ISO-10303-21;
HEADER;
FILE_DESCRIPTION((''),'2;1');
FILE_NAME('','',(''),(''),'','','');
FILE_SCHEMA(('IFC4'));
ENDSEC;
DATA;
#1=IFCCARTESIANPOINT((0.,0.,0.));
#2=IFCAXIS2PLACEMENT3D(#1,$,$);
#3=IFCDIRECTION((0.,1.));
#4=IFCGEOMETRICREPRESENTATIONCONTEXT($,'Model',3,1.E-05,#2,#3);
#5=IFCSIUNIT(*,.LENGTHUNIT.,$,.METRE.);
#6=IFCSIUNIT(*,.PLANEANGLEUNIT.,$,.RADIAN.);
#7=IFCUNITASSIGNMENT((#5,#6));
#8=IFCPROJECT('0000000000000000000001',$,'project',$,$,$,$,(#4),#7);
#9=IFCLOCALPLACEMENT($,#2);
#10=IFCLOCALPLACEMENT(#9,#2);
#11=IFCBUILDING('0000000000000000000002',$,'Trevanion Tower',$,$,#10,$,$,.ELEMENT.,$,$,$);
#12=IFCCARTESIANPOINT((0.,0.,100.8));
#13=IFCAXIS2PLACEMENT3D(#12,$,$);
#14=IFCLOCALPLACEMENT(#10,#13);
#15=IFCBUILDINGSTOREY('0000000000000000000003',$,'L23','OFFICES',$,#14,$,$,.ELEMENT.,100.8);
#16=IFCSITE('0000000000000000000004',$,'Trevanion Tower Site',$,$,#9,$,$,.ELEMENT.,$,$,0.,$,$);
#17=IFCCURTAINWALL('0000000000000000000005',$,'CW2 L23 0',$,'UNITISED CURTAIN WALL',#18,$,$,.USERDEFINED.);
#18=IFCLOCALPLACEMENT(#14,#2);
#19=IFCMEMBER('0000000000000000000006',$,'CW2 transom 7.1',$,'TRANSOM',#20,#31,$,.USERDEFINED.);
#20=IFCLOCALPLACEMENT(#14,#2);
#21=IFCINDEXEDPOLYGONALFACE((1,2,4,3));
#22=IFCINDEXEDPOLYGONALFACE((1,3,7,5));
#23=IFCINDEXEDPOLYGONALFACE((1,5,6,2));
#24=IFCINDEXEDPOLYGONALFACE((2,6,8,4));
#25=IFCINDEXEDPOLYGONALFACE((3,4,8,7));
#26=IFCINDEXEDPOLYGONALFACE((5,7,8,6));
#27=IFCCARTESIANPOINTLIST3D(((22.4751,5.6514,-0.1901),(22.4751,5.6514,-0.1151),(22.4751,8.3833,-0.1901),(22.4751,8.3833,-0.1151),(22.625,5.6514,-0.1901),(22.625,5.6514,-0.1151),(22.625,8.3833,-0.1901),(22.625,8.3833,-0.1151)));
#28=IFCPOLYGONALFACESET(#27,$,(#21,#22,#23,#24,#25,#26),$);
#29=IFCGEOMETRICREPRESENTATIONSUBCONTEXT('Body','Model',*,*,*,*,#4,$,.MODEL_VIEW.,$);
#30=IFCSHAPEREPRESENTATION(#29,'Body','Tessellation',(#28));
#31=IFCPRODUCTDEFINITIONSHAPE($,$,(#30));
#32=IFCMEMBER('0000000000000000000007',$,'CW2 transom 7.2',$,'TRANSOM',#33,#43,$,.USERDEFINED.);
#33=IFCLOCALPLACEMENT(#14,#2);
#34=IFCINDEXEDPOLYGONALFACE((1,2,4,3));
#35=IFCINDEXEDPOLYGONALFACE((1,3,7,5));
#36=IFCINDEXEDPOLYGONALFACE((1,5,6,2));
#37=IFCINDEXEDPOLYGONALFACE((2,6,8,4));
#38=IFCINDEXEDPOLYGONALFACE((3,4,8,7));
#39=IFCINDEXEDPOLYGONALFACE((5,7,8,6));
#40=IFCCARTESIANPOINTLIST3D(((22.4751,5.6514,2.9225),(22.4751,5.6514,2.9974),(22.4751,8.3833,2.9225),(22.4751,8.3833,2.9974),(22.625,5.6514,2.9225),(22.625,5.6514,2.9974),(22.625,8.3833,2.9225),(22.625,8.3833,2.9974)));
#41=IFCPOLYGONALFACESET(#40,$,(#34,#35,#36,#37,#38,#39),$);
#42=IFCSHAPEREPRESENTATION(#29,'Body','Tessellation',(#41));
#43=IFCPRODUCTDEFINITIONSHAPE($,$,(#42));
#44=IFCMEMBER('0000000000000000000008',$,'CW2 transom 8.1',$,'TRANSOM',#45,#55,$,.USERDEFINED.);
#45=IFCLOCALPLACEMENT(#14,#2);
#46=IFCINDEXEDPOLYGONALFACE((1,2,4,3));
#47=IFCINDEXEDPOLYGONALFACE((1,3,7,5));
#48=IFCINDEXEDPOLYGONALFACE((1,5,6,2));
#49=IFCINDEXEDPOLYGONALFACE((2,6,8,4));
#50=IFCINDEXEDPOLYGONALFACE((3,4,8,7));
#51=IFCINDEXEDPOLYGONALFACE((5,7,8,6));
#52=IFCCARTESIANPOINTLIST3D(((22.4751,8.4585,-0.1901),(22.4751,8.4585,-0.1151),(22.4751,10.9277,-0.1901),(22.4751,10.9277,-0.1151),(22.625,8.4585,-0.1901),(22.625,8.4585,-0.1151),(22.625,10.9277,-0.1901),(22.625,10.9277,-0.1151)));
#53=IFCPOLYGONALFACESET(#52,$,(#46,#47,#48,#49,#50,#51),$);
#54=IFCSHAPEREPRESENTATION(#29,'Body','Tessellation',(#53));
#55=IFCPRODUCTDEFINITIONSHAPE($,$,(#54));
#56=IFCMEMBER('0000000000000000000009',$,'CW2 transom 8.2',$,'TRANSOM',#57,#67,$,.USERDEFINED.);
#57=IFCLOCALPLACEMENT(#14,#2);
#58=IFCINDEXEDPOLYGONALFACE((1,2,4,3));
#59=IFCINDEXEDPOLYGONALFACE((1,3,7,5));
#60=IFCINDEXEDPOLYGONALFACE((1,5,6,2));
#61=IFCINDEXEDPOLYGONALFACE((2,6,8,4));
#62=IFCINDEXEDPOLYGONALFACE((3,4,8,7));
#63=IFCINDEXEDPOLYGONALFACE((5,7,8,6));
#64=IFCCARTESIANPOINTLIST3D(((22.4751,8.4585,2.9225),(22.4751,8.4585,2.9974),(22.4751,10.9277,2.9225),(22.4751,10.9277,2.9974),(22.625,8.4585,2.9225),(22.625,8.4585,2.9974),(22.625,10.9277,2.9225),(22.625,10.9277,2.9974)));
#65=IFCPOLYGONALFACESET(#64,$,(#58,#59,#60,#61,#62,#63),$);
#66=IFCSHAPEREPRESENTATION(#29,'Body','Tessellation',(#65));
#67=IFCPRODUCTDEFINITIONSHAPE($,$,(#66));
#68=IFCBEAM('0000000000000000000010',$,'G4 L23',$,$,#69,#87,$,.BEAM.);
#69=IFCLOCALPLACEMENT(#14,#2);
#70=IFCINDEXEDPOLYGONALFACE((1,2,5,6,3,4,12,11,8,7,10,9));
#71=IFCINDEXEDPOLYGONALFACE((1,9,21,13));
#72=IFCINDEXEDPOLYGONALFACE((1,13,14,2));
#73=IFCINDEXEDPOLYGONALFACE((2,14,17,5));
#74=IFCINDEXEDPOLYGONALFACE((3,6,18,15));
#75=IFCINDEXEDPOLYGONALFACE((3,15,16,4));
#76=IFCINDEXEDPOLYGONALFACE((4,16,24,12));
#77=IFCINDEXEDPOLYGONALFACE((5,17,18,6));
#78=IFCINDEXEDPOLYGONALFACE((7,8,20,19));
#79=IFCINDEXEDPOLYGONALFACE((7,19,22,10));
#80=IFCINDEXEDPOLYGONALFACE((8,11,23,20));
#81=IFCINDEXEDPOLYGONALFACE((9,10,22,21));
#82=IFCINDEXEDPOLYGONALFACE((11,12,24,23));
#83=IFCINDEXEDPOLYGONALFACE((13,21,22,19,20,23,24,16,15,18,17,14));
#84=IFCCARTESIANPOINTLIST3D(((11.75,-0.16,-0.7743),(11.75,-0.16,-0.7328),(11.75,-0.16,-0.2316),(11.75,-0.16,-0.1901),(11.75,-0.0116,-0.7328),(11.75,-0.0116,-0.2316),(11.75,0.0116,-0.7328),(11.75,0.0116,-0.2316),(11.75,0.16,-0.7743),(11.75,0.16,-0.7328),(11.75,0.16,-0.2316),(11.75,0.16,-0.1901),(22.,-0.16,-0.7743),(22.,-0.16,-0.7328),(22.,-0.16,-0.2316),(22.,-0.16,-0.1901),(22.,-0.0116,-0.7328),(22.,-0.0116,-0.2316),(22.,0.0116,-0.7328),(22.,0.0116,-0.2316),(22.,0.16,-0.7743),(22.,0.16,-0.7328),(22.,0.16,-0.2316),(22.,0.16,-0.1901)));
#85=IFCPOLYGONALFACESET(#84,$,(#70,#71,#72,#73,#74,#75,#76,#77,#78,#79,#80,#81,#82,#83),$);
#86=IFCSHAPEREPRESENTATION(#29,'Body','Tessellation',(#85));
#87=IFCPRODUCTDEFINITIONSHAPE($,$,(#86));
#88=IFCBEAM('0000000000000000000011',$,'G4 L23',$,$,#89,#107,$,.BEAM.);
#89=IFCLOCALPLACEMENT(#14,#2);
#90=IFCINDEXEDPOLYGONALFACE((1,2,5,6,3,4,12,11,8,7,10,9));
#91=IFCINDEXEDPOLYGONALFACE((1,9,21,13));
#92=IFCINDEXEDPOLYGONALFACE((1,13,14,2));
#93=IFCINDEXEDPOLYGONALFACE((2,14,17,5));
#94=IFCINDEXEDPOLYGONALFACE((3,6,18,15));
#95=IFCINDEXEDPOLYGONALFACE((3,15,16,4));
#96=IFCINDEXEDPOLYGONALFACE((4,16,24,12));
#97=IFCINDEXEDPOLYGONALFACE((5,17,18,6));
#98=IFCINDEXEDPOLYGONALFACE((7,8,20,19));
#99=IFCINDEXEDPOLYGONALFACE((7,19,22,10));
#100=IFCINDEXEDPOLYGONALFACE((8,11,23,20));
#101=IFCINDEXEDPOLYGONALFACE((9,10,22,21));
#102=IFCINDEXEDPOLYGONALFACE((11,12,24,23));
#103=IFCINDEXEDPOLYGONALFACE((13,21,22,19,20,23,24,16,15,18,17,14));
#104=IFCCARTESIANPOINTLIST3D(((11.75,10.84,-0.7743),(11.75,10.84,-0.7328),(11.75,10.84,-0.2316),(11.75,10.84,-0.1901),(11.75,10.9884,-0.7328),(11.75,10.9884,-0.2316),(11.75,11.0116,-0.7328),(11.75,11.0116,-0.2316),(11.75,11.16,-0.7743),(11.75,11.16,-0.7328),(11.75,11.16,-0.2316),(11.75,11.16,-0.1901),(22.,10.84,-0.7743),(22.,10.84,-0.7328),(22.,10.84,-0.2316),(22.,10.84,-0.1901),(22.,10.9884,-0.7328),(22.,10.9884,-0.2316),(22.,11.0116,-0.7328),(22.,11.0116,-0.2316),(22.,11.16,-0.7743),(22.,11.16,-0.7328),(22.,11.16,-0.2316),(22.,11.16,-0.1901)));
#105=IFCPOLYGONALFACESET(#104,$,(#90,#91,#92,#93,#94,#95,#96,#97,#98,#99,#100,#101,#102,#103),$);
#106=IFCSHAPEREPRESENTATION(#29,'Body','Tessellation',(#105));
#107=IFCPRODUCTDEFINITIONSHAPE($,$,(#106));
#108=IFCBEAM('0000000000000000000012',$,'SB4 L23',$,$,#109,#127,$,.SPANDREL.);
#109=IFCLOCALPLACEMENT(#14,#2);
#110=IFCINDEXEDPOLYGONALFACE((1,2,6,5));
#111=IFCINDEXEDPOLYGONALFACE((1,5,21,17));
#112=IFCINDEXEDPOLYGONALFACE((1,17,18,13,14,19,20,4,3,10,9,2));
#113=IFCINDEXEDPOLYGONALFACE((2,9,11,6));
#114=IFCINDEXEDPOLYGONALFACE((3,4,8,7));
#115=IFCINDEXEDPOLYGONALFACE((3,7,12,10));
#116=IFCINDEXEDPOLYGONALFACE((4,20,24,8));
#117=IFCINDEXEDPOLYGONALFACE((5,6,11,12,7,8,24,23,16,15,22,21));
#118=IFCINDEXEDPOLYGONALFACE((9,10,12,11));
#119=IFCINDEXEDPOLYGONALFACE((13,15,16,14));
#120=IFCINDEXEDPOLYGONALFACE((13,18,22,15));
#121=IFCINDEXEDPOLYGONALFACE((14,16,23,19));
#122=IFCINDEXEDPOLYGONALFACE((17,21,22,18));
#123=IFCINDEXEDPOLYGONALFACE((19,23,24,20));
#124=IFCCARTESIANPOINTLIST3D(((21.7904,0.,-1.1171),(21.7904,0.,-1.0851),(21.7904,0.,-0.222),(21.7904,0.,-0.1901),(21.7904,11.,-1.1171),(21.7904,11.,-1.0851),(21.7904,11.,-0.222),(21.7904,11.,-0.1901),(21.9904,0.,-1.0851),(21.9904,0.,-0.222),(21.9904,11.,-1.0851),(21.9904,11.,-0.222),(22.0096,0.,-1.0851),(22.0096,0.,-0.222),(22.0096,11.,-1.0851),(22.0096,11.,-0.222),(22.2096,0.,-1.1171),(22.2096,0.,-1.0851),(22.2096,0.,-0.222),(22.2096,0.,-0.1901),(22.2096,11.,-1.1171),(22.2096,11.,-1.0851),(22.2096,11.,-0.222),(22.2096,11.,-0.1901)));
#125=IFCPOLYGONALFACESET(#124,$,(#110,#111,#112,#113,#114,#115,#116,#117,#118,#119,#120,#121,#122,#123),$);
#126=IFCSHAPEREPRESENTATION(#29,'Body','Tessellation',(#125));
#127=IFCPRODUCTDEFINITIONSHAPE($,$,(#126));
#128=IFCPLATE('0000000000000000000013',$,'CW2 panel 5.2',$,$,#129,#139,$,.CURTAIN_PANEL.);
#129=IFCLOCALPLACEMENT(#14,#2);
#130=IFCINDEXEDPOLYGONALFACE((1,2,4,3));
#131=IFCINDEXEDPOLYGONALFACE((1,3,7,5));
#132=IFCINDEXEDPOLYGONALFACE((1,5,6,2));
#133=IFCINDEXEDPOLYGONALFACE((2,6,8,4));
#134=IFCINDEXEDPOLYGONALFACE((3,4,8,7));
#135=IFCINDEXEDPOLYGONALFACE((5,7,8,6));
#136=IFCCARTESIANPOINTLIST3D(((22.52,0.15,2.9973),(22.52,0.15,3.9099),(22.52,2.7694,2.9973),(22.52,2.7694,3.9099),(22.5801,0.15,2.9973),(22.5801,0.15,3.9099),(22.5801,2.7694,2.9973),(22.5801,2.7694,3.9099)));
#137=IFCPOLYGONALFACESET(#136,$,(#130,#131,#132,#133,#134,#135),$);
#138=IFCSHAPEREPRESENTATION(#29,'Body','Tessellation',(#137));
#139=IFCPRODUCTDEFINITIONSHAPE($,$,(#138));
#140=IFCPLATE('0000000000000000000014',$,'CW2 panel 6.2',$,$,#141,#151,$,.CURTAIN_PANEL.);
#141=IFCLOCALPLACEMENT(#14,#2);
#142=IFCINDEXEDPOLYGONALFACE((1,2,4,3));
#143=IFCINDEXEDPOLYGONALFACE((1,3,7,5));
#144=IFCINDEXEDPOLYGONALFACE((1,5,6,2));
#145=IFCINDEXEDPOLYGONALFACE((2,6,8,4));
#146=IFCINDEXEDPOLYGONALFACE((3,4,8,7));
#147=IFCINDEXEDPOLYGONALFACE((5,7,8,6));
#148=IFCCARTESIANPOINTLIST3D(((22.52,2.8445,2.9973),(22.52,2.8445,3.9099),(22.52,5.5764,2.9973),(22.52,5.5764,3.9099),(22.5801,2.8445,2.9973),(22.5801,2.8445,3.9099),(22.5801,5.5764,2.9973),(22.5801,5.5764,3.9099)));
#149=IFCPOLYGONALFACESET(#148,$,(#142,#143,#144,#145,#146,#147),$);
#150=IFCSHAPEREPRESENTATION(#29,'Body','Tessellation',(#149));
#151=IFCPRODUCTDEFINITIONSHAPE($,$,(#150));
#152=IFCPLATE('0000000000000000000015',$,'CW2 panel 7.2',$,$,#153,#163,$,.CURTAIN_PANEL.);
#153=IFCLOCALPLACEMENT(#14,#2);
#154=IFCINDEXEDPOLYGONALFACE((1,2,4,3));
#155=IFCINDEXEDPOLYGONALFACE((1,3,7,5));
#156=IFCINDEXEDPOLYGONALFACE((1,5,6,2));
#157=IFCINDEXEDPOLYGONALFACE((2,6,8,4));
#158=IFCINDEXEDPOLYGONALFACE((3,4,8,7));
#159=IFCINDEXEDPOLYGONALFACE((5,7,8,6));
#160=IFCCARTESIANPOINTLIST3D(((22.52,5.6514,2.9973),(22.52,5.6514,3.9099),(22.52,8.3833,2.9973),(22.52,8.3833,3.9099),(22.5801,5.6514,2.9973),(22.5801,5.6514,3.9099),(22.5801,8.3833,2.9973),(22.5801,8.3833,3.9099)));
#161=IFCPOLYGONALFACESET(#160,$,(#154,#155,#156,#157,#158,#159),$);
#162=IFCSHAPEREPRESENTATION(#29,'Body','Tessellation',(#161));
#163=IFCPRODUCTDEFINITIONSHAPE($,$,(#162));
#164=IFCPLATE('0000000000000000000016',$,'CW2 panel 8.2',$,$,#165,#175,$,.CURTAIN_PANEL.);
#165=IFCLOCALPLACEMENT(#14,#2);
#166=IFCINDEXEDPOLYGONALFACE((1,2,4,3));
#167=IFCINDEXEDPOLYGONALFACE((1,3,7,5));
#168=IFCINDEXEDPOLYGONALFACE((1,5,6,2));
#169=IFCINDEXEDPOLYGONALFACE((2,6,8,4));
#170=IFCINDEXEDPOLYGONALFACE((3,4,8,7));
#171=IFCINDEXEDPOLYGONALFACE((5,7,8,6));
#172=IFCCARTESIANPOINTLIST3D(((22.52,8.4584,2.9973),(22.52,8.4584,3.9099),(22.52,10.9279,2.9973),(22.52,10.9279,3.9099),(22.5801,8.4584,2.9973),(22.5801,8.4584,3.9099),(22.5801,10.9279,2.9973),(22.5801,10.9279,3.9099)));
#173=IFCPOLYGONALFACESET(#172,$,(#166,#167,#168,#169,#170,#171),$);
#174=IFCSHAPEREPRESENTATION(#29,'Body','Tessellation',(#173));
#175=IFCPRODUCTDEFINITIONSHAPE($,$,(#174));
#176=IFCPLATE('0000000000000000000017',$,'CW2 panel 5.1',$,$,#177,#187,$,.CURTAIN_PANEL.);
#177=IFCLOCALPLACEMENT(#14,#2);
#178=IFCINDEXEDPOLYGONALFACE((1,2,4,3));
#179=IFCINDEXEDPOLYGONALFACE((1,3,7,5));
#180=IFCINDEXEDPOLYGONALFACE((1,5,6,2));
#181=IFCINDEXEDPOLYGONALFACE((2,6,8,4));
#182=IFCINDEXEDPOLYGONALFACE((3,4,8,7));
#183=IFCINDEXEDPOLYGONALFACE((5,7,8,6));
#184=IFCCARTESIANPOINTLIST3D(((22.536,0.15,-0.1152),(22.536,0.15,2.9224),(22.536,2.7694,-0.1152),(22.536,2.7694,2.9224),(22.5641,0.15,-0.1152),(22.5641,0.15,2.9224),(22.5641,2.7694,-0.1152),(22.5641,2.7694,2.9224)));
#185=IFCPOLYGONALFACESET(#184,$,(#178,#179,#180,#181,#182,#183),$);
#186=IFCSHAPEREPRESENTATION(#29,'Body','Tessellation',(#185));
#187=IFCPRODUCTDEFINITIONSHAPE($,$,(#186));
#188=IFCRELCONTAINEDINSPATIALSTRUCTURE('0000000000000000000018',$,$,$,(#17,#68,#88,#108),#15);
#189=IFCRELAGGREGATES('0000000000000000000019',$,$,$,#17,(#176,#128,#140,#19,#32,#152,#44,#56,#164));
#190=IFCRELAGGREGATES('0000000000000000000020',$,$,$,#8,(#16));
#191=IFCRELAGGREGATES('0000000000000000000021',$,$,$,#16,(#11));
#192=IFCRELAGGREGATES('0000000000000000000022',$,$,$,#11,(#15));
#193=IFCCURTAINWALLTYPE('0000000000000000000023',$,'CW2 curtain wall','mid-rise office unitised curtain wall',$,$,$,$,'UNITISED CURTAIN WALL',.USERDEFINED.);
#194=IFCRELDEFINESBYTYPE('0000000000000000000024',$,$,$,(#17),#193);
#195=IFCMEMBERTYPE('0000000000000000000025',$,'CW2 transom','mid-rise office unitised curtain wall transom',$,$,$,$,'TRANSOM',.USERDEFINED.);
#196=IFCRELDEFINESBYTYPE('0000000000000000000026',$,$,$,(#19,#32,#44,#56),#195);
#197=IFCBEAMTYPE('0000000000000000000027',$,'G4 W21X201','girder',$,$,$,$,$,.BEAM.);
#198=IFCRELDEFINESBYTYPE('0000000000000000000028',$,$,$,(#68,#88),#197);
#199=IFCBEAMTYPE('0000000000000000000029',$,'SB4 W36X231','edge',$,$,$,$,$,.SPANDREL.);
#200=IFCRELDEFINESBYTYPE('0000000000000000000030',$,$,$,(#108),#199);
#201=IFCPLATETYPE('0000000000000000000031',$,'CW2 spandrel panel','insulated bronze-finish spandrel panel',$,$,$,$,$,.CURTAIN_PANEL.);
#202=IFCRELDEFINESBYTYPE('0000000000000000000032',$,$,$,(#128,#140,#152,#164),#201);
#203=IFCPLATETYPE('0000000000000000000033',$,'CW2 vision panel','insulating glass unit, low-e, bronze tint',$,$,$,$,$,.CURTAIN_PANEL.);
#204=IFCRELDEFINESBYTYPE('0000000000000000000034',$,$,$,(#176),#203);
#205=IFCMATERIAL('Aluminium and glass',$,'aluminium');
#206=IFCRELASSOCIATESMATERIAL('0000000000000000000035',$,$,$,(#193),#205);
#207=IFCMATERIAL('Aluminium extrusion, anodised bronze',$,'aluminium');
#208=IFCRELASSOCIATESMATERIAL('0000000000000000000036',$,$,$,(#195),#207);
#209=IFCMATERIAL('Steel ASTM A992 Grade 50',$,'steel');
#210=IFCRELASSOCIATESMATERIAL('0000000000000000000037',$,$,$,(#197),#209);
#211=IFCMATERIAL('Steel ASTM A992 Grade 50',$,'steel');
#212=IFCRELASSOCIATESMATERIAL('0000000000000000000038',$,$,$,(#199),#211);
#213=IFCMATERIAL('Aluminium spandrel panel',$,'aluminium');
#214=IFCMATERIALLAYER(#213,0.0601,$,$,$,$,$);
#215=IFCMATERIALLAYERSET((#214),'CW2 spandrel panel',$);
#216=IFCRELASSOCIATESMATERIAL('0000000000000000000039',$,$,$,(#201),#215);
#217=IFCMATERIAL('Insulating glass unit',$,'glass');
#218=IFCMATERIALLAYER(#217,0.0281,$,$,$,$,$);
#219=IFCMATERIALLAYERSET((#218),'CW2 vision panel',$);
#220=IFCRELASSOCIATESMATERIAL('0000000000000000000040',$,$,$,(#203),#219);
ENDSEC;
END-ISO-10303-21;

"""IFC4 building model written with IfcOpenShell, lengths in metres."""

from ifc_helpers import new_model, si_unit, direction, frame, origin, origin_2d, place, context, subcontext, project, spatial, rectangle, i_section, extrude, material, layer, layer_set, material_profile, profile_set, type_object, element, aggregate, save


model = new_model("IFC4")

# Units and contexts
model_context = context("Model", 3, precision=1e-05, world=origin(), true_north=direction((0.0, 1.0)))
body_context = subcontext(model_context, "Body", "Model", "MODEL_VIEW")
ifc_project = project(units=[si_unit("LENGTHUNIT", "METRE"), si_unit("PLANEANGLEUNIT", "RADIAN")], contexts=[model_context])

# Site, building, storey
site_placement = place(None, origin())
site = spatial("IfcSite", under=ifc_project, at=site_placement, Name="Trevanion Tower Site", CompositionType="ELEMENT", RefElevation=0.0)
building_placement = place(site_placement, origin())
building = spatial("IfcBuilding", under=site, at=building_placement, Name="Trevanion Tower", CompositionType="ELEMENT")
storey_placement = place(building_placement, frame((0.0, 0.0, 100.8)))
storey = spatial("IfcBuildingStorey", under=building, at=storey_placement, Name="L23", Description="OFFICES", CompositionType="ELEMENT", Elevation=100.8)

# Curtain wall, members
ifc_material_1 = material(Name="Aluminium and glass", Category="aluminium")
curtain_wall_type = type_object("IfcCurtainWallType", Name="CW2 curtain wall", Description="mid-rise office unitised curtain wall", ElementType="UNITISED CURTAIN WALL", PredefinedType="USERDEFINED", material=ifc_material_1)
curtain_wall_placement = place(storey_placement, origin())
curtain_wall = element("IfcCurtainWall", 1, at=curtain_wall_placement, inside=storey, type_object=curtain_wall_type, Name="CW2 L23 0", ObjectType="UNITISED CURTAIN WALL", PredefinedType="USERDEFINED")
ifc_material_2 = material(Name="Aluminium extrusion, anodised bronze", Category="aluminium")
ifc_material_profile_1 = material_profile(ifc_material_2, rectangle(XDim=0.1499, YDim=0.075, at=origin_2d()), Name="CW2 transom")
ifc_profile_set_1 = profile_set([ifc_material_profile_1], Name="Aluminium extrusion, anodised bronze")
member_type_1 = type_object("IfcMemberType", Name="CW2 transom", Description="mid-rise office unitised curtain wall transom", ElementType="TRANSOM", PredefinedType="USERDEFINED", material=ifc_profile_set_1)
member_1_placement = place(storey_placement, frame((22.55, 5.6514, -0.1526), z_axis=(0.0, 1.0, 0.0), x_axis=(-1.0, 0.0, 0.0)))
member_1 = element("IfcMember", 2, at=member_1_placement, type_object=member_type_1, Name="CW2 transom 7.1", ObjectType="TRANSOM", PredefinedType="USERDEFINED", context=body_context, shape_type="SweptSolid", body=[
    extrude(rectangle(XDim=0.1499, YDim=0.075, at=origin_2d()), origin(), (0.0, 0.0, 1.0), 2.7319),
])
member_2_placement = place(storey_placement, frame((22.55, 5.6514, 2.96), z_axis=(0.0, 1.0, 0.0), x_axis=(-1.0, 0.0, 0.0)))
member_2 = element("IfcMember", 3, at=member_2_placement, type_object=member_type_1, Name="CW2 transom 7.2", ObjectType="TRANSOM", PredefinedType="USERDEFINED", context=body_context, shape_type="SweptSolid", body=[
    extrude(rectangle(XDim=0.1499, YDim=0.075, at=origin_2d()), origin(), (0.0, 0.0, 1.0), 2.7319),
])
member_3_placement = place(storey_placement, frame((22.55, 8.4585, -0.1526), z_axis=(0.0, 1.0, 0.0), x_axis=(-1.0, 0.0, 0.0)))
member_3 = element("IfcMember", 4, at=member_3_placement, type_object=member_type_1, Name="CW2 transom 8.1", ObjectType="TRANSOM", PredefinedType="USERDEFINED", context=body_context, shape_type="SweptSolid", body=[
    extrude(rectangle(XDim=0.1499, YDim=0.075, at=origin_2d()), origin(), (0.0, 0.0, 1.0), 2.4692),
])
member_4_placement = place(storey_placement, frame((22.55, 8.4585, 2.96), z_axis=(0.0, 1.0, 0.0), x_axis=(-1.0, 0.0, 0.0)))
member_4 = element("IfcMember", 5, at=member_4_placement, type_object=member_type_1, Name="CW2 transom 8.2", ObjectType="TRANSOM", PredefinedType="USERDEFINED", context=body_context, shape_type="SweptSolid", body=[
    extrude(rectangle(XDim=0.1499, YDim=0.075, at=origin_2d()), origin(), (0.0, 0.0, 1.0), 2.4692),
])

# Beams
ifc_material_3 = material(Name="Steel ASTM A992 Grade 50", Category="steel")
ifc_material_profile_2 = material_profile(ifc_material_3, i_section(OverallWidth=0.3201, OverallDepth=0.5842, WebThickness=0.0232, FlangeThickness=0.0415, at=origin_2d()), Name="W21X201")
ifc_profile_set_2 = profile_set([ifc_material_profile_2], Name="Steel ASTM A992 Grade 50")
beam_type_1 = type_object("IfcBeamType", Name="G4 W21X201", Description="girder", PredefinedType="BEAM", material=ifc_profile_set_2)
for number, where, z_axis, x_axis, name in (
    (6, (11.75, 0.0, -0.4822), (1.0, 0.0, 0.0), (0.0, 1.0, 0.0), "G4 L23"),
    (7, (11.75, 11.0, -0.4822), (1.0, 0.0, 0.0), (0.0, 1.0, 0.0), "G4 L23"),
):
    element("IfcBeam", number, at=place(storey_placement, frame(where, z_axis=z_axis, x_axis=x_axis)), inside=storey, type_object=beam_type_1, Name=name, PredefinedType="BEAM", context=body_context, shape_type="SweptSolid", body=[
        extrude(i_section(OverallWidth=0.3201, OverallDepth=0.5842, WebThickness=0.0232, FlangeThickness=0.0415, at=origin_2d()), origin(), (0.0, 0.0, 1.0), 10.25),
    ])
ifc_material_4 = material(Name="Steel ASTM A992 Grade 50", Category="steel")
ifc_material_profile_3 = material_profile(ifc_material_4, i_section(OverallWidth=0.4192, OverallDepth=0.927, WebThickness=0.0193, FlangeThickness=0.032, at=origin_2d()), Name="W36X231")
ifc_profile_set_3 = profile_set([ifc_material_profile_3], Name="Steel ASTM A992 Grade 50")
beam_type_2 = type_object("IfcBeamType", Name="SB4 W36X231", Description="edge", PredefinedType="SPANDREL", material=ifc_profile_set_3)
beam_placement = place(storey_placement, frame((22.0, 0.0, -0.6536), z_axis=(0.0, 1.0, 0.0), x_axis=(-1.0, 0.0, 0.0)))
element("IfcBeam", 8, at=beam_placement, inside=storey, type_object=beam_type_2, Name="SB4 L23", PredefinedType="SPANDREL", context=body_context, shape_type="SweptSolid", body=[
    extrude(i_section(OverallWidth=0.4192, OverallDepth=0.927, WebThickness=0.0193, FlangeThickness=0.032, at=origin_2d()), origin(), (0.0, 0.0, 1.0), 11.0),
])

# Plates
ifc_material_5 = material(Name="Aluminium spandrel panel", Category="aluminium")
ifc_layer_1 = layer(ifc_material_5, 0.0601)
ifc_layer_set_1 = layer_set([ifc_layer_1], Name="CW2 spandrel panel")
plate_type_1 = type_object("IfcPlateType", Name="CW2 spandrel panel", Description="insulated bronze-finish spandrel panel", PredefinedType="CURTAIN_PANEL", material=ifc_layer_set_1)
plate_1_placement = place(storey_placement, frame((22.55, 1.4597, 2.9973), z_axis=(0.0, 0.0, 1.0), x_axis=(0.0, 1.0, 0.0)))
plate_1 = element("IfcPlate", 9, at=plate_1_placement, type_object=plate_type_1, Name="CW2 panel 5.2", PredefinedType="CURTAIN_PANEL", context=body_context, shape_type="SweptSolid", body=[
    extrude(rectangle(XDim=2.6194, YDim=0.0601, at=origin_2d()), origin(), (0.0, 0.0, 1.0), 0.9126),
])
plate_2_placement = place(storey_placement, frame((22.55, 4.2104, 2.9973), z_axis=(0.0, 0.0, 1.0), x_axis=(0.0, 1.0, 0.0)))
plate_2 = element("IfcPlate", 10, at=plate_2_placement, type_object=plate_type_1, Name="CW2 panel 6.2", PredefinedType="CURTAIN_PANEL", context=body_context, shape_type="SweptSolid", body=[
    extrude(rectangle(XDim=2.7319, YDim=0.0601, at=origin_2d()), origin(), (0.0, 0.0, 1.0), 0.9126),
])
plate_3_placement = place(storey_placement, frame((22.55, 7.0173, 2.9973), z_axis=(0.0, 0.0, 1.0), x_axis=(0.0, 1.0, 0.0)))
plate_3 = element("IfcPlate", 11, at=plate_3_placement, type_object=plate_type_1, Name="CW2 panel 7.2", PredefinedType="CURTAIN_PANEL", context=body_context, shape_type="SweptSolid", body=[
    extrude(rectangle(XDim=2.7319, YDim=0.0601, at=origin_2d()), origin(), (0.0, 0.0, 1.0), 0.9126),
])
plate_4_placement = place(storey_placement, frame((22.55, 9.6931, 2.9973), z_axis=(0.0, 0.0, 1.0), x_axis=(0.0, 1.0, 0.0)))
plate_4 = element("IfcPlate", 12, at=plate_4_placement, type_object=plate_type_1, Name="CW2 panel 8.2", PredefinedType="CURTAIN_PANEL", context=body_context, shape_type="SweptSolid", body=[
    extrude(rectangle(XDim=2.4695, YDim=0.0601, at=origin_2d()), origin(), (0.0, 0.0, 1.0), 0.9126),
])
ifc_material_6 = material(Name="Insulating glass unit", Category="glass")
ifc_layer_2 = layer(ifc_material_6, 0.0281)
ifc_layer_set_2 = layer_set([ifc_layer_2], Name="CW2 vision panel")
plate_type_2 = type_object("IfcPlateType", Name="CW2 vision panel", Description="insulating glass unit, low-e, bronze tint", PredefinedType="CURTAIN_PANEL", material=ifc_layer_set_2)
plate_5_placement = place(storey_placement, frame((22.55, 1.4597, -0.1152), z_axis=(0.0, 0.0, 1.0), x_axis=(0.0, 1.0, 0.0)))
plate_5 = element("IfcPlate", 13, at=plate_5_placement, type_object=plate_type_2, Name="CW2 panel 5.1", PredefinedType="CURTAIN_PANEL", context=body_context, shape_type="SweptSolid", body=[
    extrude(rectangle(XDim=2.6194, YDim=0.0281, at=origin_2d()), origin(), (0.0, 0.0, 1.0), 3.0376),
])
aggregate(curtain_wall, [plate_5, plate_1, plate_2, member_1, member_2, plate_3, member_3, member_4, plate_4])

save(model, "model.ifc")
